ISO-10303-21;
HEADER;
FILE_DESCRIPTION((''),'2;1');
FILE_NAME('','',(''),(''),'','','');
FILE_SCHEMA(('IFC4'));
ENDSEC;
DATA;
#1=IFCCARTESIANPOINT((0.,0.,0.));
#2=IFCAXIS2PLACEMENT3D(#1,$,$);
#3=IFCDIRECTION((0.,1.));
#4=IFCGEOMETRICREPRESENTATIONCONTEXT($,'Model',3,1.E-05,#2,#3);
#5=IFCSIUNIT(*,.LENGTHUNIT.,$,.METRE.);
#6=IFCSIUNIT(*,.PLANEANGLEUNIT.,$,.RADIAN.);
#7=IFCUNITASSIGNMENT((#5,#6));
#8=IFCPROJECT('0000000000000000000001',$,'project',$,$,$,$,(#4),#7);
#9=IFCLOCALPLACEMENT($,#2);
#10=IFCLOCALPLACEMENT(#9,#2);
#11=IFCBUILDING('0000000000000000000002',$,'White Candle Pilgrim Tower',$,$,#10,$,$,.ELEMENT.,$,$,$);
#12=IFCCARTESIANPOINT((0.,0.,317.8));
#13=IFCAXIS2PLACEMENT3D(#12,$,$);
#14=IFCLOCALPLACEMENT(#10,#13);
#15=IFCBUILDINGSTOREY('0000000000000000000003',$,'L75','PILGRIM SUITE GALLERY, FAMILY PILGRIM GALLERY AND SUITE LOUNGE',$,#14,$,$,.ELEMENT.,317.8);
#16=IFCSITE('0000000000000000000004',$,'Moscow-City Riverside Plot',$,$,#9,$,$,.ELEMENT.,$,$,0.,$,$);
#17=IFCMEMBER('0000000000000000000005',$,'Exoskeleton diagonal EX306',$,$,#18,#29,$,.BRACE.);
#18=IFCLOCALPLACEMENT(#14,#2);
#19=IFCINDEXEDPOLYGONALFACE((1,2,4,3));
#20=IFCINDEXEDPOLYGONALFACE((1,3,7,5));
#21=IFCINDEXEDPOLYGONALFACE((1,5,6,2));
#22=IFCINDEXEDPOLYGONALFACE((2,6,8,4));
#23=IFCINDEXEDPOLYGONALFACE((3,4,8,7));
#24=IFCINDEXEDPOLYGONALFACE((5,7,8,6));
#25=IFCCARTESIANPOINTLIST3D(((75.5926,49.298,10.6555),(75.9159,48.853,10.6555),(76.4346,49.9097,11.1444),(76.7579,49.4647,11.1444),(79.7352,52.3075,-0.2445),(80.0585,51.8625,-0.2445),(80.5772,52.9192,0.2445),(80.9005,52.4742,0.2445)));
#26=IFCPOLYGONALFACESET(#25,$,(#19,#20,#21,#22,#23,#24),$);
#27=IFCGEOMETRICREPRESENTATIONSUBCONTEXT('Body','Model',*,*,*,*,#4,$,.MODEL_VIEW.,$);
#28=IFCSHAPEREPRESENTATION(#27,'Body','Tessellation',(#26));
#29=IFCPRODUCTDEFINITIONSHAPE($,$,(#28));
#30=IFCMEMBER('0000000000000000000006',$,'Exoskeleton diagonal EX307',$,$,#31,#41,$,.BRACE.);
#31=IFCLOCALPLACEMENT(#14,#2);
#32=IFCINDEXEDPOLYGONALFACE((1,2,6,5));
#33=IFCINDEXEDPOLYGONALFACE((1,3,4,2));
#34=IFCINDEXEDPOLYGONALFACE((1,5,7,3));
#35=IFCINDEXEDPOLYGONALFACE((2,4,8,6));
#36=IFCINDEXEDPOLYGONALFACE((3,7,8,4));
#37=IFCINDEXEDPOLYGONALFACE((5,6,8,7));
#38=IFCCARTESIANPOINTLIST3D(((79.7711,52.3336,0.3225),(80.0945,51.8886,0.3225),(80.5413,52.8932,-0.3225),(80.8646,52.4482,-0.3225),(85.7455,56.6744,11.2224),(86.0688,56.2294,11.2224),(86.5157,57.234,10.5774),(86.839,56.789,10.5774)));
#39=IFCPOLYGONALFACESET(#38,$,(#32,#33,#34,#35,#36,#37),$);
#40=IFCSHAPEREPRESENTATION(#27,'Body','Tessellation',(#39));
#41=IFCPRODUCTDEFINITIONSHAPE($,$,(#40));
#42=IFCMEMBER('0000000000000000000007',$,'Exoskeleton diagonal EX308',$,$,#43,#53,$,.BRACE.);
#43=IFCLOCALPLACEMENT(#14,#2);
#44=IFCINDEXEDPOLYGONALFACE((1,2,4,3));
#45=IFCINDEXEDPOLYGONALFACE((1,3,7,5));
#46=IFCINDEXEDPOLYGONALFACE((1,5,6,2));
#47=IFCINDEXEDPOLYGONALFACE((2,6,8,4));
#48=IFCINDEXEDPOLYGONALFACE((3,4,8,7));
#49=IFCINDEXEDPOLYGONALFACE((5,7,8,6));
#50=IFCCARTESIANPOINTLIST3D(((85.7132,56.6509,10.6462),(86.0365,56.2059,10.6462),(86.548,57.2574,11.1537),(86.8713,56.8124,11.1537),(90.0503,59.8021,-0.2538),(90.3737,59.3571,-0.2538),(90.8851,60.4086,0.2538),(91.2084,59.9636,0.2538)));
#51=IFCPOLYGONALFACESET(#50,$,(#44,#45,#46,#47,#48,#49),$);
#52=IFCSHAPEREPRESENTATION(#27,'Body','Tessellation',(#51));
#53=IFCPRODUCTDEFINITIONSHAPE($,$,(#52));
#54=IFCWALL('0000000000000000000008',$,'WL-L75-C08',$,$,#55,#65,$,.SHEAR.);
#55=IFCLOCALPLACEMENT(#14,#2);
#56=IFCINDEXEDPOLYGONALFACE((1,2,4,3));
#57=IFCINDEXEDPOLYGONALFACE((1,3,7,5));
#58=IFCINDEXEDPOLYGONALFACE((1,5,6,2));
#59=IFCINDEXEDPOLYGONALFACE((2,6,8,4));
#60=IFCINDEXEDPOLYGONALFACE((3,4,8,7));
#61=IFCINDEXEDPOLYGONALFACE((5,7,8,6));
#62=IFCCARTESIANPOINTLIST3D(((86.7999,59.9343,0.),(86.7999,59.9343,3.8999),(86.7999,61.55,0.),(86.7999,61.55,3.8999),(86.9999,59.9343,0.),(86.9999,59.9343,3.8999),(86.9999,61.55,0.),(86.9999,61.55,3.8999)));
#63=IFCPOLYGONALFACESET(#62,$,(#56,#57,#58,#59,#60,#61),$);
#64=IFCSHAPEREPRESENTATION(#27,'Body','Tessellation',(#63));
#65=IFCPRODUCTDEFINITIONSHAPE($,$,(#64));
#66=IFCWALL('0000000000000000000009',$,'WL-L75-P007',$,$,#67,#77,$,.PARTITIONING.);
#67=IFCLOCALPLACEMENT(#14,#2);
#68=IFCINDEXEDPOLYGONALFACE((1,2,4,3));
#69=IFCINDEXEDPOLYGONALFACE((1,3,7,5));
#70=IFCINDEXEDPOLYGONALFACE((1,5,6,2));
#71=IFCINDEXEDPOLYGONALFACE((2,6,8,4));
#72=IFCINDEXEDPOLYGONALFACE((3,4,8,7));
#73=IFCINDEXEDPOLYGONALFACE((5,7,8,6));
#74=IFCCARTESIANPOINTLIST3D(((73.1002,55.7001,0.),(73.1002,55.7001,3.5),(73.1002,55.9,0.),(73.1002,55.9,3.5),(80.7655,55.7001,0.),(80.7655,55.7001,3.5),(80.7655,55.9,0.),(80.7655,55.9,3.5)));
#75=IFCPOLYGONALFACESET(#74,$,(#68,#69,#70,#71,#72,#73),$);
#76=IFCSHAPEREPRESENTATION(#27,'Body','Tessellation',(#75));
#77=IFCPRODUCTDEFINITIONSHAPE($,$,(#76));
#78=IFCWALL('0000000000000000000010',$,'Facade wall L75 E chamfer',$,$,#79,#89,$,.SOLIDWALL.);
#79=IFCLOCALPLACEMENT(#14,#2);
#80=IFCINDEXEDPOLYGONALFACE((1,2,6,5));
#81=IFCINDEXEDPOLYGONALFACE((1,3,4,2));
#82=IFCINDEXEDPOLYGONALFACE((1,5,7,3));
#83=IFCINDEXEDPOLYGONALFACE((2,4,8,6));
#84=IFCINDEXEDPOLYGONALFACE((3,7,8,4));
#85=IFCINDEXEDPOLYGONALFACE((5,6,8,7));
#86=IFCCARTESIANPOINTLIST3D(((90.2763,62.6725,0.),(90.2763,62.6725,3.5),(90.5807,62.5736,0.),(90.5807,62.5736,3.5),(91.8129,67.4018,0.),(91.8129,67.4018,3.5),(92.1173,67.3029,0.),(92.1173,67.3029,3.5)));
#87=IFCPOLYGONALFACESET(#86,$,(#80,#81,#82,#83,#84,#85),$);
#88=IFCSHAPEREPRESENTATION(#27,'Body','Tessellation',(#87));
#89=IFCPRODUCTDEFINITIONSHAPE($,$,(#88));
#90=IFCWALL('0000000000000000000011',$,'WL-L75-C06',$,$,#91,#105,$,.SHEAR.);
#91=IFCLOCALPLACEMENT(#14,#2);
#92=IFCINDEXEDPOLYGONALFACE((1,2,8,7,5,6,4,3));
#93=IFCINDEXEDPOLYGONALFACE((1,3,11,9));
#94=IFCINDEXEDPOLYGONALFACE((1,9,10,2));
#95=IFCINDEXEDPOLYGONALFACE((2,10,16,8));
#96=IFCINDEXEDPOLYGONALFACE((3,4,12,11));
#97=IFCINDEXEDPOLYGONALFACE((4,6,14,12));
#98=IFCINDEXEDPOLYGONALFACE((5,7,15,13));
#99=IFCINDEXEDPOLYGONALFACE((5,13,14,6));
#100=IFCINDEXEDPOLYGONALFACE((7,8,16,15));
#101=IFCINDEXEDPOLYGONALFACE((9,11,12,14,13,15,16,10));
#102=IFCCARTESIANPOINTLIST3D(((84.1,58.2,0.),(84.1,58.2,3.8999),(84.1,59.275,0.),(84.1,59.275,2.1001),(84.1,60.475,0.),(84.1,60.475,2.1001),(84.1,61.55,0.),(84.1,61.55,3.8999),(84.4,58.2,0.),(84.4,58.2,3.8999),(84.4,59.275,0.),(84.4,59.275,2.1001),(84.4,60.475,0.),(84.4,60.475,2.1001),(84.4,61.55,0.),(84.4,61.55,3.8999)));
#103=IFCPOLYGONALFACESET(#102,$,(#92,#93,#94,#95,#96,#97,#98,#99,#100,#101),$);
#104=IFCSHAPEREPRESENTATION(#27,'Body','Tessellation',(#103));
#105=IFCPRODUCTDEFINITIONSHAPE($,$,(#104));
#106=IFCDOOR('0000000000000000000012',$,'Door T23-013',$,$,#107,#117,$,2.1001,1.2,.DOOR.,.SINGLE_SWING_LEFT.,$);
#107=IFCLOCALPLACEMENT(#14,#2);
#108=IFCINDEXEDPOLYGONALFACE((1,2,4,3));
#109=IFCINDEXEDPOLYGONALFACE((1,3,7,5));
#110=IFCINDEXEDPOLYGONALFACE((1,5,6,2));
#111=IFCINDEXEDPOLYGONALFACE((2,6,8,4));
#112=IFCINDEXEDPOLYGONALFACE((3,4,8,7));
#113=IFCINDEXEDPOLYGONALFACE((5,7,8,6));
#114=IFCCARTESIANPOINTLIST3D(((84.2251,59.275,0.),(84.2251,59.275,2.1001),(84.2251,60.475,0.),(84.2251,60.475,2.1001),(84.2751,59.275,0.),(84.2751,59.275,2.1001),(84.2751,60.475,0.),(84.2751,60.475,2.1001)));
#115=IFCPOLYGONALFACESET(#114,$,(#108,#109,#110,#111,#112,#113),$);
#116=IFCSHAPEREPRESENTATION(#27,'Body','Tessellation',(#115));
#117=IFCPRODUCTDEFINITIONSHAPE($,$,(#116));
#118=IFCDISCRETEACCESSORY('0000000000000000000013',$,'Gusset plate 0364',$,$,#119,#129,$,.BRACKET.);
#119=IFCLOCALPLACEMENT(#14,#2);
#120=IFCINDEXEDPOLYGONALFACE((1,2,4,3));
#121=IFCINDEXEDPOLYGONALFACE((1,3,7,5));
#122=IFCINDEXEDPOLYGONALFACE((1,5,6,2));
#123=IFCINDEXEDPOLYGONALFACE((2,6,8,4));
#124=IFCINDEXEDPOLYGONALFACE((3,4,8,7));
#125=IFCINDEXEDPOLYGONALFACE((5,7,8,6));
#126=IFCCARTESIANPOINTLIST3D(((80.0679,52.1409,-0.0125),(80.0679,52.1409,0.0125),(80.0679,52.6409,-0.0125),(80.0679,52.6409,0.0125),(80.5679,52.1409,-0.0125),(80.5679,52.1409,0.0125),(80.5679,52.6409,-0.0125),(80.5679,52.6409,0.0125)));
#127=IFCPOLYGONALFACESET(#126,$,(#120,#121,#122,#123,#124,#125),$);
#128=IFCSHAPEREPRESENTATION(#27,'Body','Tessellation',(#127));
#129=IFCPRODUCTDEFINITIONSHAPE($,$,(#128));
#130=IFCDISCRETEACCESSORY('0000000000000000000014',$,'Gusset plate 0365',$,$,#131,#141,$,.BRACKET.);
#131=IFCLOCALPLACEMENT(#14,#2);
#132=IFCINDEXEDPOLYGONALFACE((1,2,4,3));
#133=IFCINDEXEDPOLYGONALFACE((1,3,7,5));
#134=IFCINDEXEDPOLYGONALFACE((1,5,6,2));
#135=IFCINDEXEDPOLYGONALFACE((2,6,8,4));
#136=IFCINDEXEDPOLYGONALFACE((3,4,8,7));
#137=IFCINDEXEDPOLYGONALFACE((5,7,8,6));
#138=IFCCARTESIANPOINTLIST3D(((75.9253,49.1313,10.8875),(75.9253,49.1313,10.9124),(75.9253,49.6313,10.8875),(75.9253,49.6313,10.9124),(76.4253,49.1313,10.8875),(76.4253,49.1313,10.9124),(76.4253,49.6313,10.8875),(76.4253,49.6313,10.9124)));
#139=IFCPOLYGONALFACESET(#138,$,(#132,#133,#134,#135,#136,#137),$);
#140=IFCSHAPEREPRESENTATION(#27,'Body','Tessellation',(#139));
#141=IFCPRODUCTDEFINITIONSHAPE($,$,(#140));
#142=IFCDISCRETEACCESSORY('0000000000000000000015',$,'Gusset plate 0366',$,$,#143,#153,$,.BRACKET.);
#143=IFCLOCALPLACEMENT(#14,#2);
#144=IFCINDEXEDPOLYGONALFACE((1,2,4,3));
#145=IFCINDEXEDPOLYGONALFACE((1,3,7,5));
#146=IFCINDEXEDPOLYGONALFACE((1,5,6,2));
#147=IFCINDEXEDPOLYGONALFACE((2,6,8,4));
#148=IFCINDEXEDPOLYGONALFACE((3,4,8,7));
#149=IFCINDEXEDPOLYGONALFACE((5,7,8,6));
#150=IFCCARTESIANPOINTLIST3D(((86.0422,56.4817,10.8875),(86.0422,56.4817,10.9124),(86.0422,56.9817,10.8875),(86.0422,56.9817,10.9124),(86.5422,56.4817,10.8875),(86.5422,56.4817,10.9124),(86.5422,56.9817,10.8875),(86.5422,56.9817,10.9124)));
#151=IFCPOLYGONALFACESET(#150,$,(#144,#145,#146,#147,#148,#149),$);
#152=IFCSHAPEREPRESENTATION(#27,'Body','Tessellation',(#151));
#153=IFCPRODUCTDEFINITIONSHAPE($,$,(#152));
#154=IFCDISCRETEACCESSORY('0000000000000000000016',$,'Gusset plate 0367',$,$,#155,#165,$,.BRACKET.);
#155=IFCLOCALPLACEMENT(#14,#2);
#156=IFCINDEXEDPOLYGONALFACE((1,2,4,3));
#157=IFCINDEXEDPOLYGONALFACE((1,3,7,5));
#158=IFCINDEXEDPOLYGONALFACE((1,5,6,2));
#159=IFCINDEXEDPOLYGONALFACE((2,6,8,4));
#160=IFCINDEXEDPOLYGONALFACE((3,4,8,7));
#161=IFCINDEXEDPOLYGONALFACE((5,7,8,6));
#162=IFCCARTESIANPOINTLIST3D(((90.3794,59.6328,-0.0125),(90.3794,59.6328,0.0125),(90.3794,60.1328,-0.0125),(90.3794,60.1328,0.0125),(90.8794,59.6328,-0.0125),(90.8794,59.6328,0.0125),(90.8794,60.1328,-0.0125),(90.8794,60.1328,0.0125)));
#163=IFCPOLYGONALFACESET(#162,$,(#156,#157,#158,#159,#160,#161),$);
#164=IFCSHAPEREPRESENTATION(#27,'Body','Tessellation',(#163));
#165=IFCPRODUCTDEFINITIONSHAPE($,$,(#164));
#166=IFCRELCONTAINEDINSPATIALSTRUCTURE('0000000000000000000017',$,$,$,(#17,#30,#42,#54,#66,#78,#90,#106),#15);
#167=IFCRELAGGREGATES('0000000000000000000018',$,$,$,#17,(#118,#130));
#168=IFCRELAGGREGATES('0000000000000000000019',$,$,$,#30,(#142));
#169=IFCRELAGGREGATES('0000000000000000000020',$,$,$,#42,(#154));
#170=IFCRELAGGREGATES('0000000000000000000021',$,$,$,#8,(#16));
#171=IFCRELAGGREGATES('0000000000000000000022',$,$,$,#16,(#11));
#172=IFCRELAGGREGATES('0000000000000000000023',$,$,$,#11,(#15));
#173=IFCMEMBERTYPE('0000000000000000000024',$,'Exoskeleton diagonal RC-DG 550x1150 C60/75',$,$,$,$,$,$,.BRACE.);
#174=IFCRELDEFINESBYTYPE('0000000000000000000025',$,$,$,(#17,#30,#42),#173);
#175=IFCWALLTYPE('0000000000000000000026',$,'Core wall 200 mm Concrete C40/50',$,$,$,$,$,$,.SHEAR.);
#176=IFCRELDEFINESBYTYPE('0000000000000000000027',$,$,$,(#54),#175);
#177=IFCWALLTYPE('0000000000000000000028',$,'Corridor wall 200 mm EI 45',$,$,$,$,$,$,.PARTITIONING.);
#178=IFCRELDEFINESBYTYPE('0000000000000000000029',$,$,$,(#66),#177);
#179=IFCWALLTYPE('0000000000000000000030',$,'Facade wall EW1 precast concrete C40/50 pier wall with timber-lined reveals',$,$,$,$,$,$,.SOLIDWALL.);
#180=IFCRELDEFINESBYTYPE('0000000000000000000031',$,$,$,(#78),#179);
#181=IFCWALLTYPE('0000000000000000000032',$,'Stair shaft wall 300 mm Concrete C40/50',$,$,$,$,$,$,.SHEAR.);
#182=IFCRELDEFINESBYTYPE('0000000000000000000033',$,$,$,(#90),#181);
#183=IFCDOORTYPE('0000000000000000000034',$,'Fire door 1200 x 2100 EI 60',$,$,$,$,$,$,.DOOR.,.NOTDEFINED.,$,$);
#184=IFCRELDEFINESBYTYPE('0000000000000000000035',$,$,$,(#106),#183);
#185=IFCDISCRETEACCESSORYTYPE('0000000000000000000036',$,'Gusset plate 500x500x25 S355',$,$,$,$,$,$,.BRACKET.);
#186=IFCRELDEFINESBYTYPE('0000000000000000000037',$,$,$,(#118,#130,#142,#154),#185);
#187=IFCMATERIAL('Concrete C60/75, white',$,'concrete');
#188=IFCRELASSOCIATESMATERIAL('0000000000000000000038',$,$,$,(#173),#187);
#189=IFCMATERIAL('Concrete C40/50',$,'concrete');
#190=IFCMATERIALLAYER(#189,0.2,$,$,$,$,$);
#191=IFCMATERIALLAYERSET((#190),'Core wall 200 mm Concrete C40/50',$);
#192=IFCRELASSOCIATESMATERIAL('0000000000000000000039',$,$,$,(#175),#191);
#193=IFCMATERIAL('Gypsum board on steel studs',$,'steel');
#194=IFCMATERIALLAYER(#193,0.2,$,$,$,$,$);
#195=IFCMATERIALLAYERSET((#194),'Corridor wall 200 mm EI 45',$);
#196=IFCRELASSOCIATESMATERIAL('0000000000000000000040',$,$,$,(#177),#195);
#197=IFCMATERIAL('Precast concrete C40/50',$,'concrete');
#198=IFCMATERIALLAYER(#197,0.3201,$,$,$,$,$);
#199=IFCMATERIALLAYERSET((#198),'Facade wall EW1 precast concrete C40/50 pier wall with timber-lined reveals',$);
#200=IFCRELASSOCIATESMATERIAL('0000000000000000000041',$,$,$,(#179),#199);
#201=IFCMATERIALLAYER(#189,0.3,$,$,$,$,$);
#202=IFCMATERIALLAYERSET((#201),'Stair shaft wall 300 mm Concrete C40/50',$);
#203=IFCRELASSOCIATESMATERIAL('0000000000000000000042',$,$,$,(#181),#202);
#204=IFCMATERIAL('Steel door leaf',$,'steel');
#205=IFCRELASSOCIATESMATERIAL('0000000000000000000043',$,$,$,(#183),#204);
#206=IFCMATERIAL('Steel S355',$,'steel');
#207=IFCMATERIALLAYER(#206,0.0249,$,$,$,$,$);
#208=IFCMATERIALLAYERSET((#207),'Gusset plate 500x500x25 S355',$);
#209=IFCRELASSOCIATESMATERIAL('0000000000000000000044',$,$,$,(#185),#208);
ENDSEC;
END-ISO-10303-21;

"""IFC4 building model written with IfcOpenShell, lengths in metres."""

from ifc_helpers import new_model, si_unit, direction, frame, frame_2d, origin, origin_2d, place, context, subcontext, project, spatial, rectangle, extrude, material, layer, layer_set, material_profile, profile_set, type_object, element, fill, aggregate, save


model = new_model("IFC4")

# Units and contexts
model_context = context("Model", 3, precision=1e-05, world=origin(), true_north=direction((0.0, 1.0)))
body_context = subcontext(model_context, "Body", "Model", "MODEL_VIEW")
ifc_project = project(units=[si_unit("LENGTHUNIT", "METRE"), si_unit("PLANEANGLEUNIT", "RADIAN")], contexts=[model_context])

# Site, building, storey
site_placement = place(None, origin())
site = spatial("IfcSite", under=ifc_project, at=site_placement, Name="Moscow-City Riverside Plot", CompositionType="ELEMENT", RefElevation=0.0)
building_placement = place(site_placement, origin())
building = spatial("IfcBuilding", under=site, at=building_placement, Name="White Candle Pilgrim Tower", CompositionType="ELEMENT")
storey_placement = place(building_placement, frame((0.0, 0.0, 317.8)))
storey = spatial("IfcBuildingStorey", under=building, at=storey_placement, Name="L75", Description="PILGRIM SUITE GALLERY, FAMILY PILGRIM GALLERY AND SUITE LOUNGE", CompositionType="ELEMENT", Elevation=317.8)

# Members
ifc_material_1 = material(Name="Concrete C60/75, white", Category="concrete")
ifc_material_profile = material_profile(ifc_material_1, rectangle(XDim=0.55, YDim=1.1499, at=origin_2d()), Name="RC-DG 550x1150")
ifc_profile_set = profile_set([ifc_material_profile], Name="Concrete C60/75, white")
member_type = type_object("IfcMemberType", Name="Exoskeleton diagonal RC-DG 550x1150 C60/75", PredefinedType="BRACE", material=ifc_profile_set)
member_1_placement = place(storey_placement, frame((80.3179, 52.3909, 0.0), z_axis=(-0.343991, -0.249905, 0.905106), x_axis=(0.587755, -0.809039, 0.0)))
member_1 = element("IfcMember", 1, at=member_1_placement, inside=storey, type_object=member_type, Name="Exoskeleton diagonal EX306", PredefinedType="BRACE", context=body_context, shape_type="SweptSolid", body=[
    extrude(rectangle(XDim=0.55, YDim=1.1499, at=origin_2d()), origin(), (0.0, 0.0, 1.0), 12.0427),
])
member_2_placement = place(storey_placement, frame((80.3179, 52.3909, 0.0), z_axis=(0.453772, 0.329699, 0.827882), x_axis=(-0.587802, 0.809005, 0.0)))
member_2 = element("IfcMember", 2, at=member_2_placement, inside=storey, type_object=member_type, Name="Exoskeleton diagonal EX307", PredefinedType="BRACE", context=body_context, shape_type="SweptSolid", body=[
    extrude(rectangle(XDim=0.55, YDim=1.1499, at=origin_2d()), origin(), (0.0, 0.0, 1.0), 13.166),
])
member_3_placement = place(storey_placement, frame((90.6294, 59.8828, 0.0), z_axis=(-0.357057, -0.259417, 0.897337), x_axis=(0.587784, -0.809018, 0.0)))
member_3 = element("IfcMember", 3, at=member_3_placement, inside=storey, type_object=member_type, Name="Exoskeleton diagonal EX308", PredefinedType="BRACE", context=body_context, shape_type="SweptSolid", body=[
    extrude(rectangle(XDim=0.55, YDim=1.1499, at=origin_2d()), origin(), (0.0, 0.0, 1.0), 12.147),
])

# Walls
ifc_material_2 = material(Name="Concrete C40/50", Category="concrete")
ifc_layer_1 = layer(ifc_material_2, 0.2)
ifc_layer_set_1 = layer_set([ifc_layer_1], Name="Core wall 200 mm Concrete C40/50")
wall_type_1 = type_object("IfcWallType", Name="Core wall 200 mm Concrete C40/50", PredefinedType="SHEAR", material=ifc_layer_set_1)
wall_1_placement = place(storey_placement, frame((86.8999, 59.9343, 0.0), z_axis=(0.0, 0.0, 1.0), x_axis=(0.0, 1.0, 0.0)))
element("IfcWall", 4, at=wall_1_placement, inside=storey, type_object=wall_type_1, Name="WL-L75-C08", PredefinedType="SHEAR", context=body_context, shape_type="SweptSolid", body=[
    extrude(rectangle(XDim=1.6157, YDim=0.2, at=frame_2d((0.8079, 0.0))), origin(), (0.0, 0.0, 1.0), 3.8999),
])
ifc_material_3 = material(Name="Gypsum board on steel studs", Category="steel")
ifc_layer_2 = layer(ifc_material_3, 0.2)
ifc_layer_set_2 = layer_set([ifc_layer_2], Name="Corridor wall 200 mm EI 45")
wall_type_2 = type_object("IfcWallType", Name="Corridor wall 200 mm EI 45", PredefinedType="PARTITIONING", material=ifc_layer_set_2)
wall_2_placement = place(storey_placement, frame((80.7654, 55.8, 0.0), z_axis=(0.0, 0.0, 1.0), x_axis=(-1.0, 0.0, 0.0)))
element("IfcWall", 5, at=wall_2_placement, inside=storey, type_object=wall_type_2, Name="WL-L75-P007", PredefinedType="PARTITIONING", context=body_context, shape_type="SweptSolid", body=[
    extrude(rectangle(XDim=7.6653, YDim=0.2, at=frame_2d((3.8325, 0.0))), origin(), (0.0, 0.0, 1.0), 3.5),
])
ifc_material_4 = material(Name="Precast concrete C40/50", Category="concrete")
ifc_layer_3 = layer(ifc_material_4, 0.3201)
ifc_layer_set_3 = layer_set([ifc_layer_3], Name="Facade wall EW1 precast concrete C40/50 pier wall with timber-lined reveals")
wall_type_3 = type_object("IfcWallType", Name="Facade wall EW1 precast concrete C40/50 pier wall with timber-lined reveals", PredefinedType="SOLIDWALL", material=ifc_layer_set_3)
wall_3_placement = place(storey_placement, frame((90.4285, 62.623, 0.0), z_axis=(0.0, 0.0, 1.0), x_axis=(0.309016, 0.951057, 0.0)))
element("IfcWall", 6, at=wall_3_placement, inside=storey, type_object=wall_type_3, Name="Facade wall L75 E chamfer", PredefinedType="SOLIDWALL", context=body_context, shape_type="SweptSolid", body=[
    extrude(rectangle(XDim=4.9727, YDim=0.3201, at=frame_2d((2.4863, 0.0))), origin(), (0.0, 0.0, 1.0), 3.5),
])

# Wall, opening, door
ifc_layer_4 = layer(ifc_material_2, 0.3)
ifc_layer_set_4 = layer_set([ifc_layer_4], Name="Stair shaft wall 300 mm Concrete C40/50")
wall_type_4 = type_object("IfcWallType", Name="Stair shaft wall 300 mm Concrete C40/50", PredefinedType="SHEAR", material=ifc_layer_set_4)
wall_4_placement = place(storey_placement, frame((84.25, 58.2, 0.0), z_axis=(0.0, 0.0, 1.0), x_axis=(0.0, 1.0, 0.0)))
wall_4 = element("IfcWall", 7, at=wall_4_placement, inside=storey, type_object=wall_type_4, Name="WL-L75-C06", PredefinedType="SHEAR", context=body_context, shape_type="SweptSolid", body=[
    extrude(rectangle(XDim=3.3501, YDim=0.3, at=frame_2d((1.675, 0.0))), origin(), (0.0, 0.0, 1.0), 3.8999),
])
opening_placement = place(wall_4_placement, frame((1.075, 0.0, 0.0)))
opening = element("IfcOpeningElement", 8, at=opening_placement, cuts=wall_4, PredefinedType="OPENING", context=body_context, shape_type="SweptSolid", body=[
    extrude(rectangle(XDim=1.2, YDim=2.1001, at=frame_2d((0.6001, 1.05))), frame((0.0, 0.1599, 0.0), z_axis=(0.0, -1.0, 0.0), x_axis=(1.0, 0.0, 0.0)), (0.0, 0.0, 1.0), 0.3201),
])
ifc_material_5 = material(Name="Steel door leaf", Category="steel")
door_type = type_object("IfcDoorType", Name="Fire door 1200 x 2100 EI 60", OperationType="NOTDEFINED", PredefinedType="DOOR", material=ifc_material_5)
door_placement = place(opening_placement, origin())
door = element("IfcDoor", 9, at=door_placement, inside=storey, type_object=door_type, Name="Door T23-013", OperationType="SINGLE_SWING_LEFT", OverallHeight=2.1001, OverallWidth=1.2, PredefinedType="DOOR", context=body_context, shape_type="SweptSolid", body=[
    extrude(rectangle(XDim=1.2, YDim=2.1001, at=frame_2d((0.6001, 1.05))), frame((0.0, 0.0249, 0.0), z_axis=(0.0, -1.0, 0.0), x_axis=(1.0, 0.0, 0.0)), (0.0, 0.0, 1.0), 0.05),
])
fill(opening, door)

# Discrete accessories
ifc_material_6 = material(Name="Steel S355", Category="steel")
ifc_layer_5 = layer(ifc_material_6, 0.0249)
ifc_layer_set_5 = layer_set([ifc_layer_5], Name="Gusset plate 500x500x25 S355")
discrete_accessory_type = type_object("IfcDiscreteAccessoryType", Name="Gusset plate 500x500x25 S355", PredefinedType="BRACKET", material=ifc_layer_set_5)
discrete_accessory_1_placement = place(storey_placement, frame((80.3179, 52.3909, -0.0125), z_axis=(0.0, 0.0, 1.0), x_axis=(1.0, 0.0, 0.0)))
discrete_accessory_1 = element("IfcDiscreteAccessory", 10, at=discrete_accessory_1_placement, type_object=discrete_accessory_type, Name="Gusset plate 0364", PredefinedType="BRACKET", context=body_context, shape_type="SweptSolid", body=[
    extrude(rectangle(XDim=0.5, YDim=0.5, at=origin_2d()), origin(), (0.0, 0.0, 1.0), 0.0249),
])
placement = place(building_placement, frame((0.0, 0.0, 328.7)))
discrete_accessory_2_placement = place(placement, frame((76.1753, 49.3813, -0.0125), z_axis=(0.0, 0.0, 1.0), x_axis=(1.0, 0.0, 0.0)))
discrete_accessory_2 = element("IfcDiscreteAccessory", 11, at=discrete_accessory_2_placement, type_object=discrete_accessory_type, Name="Gusset plate 0365", PredefinedType="BRACKET", context=body_context, shape_type="SweptSolid", body=[
    extrude(rectangle(XDim=0.5, YDim=0.5, at=origin_2d()), origin(), (0.0, 0.0, 1.0), 0.0249),
])
aggregate(member_1, [discrete_accessory_1, discrete_accessory_2])
discrete_accessory_3_placement = place(placement, frame((86.2922, 56.7317, -0.0125), z_axis=(0.0, 0.0, 1.0), x_axis=(1.0, 0.0, 0.0)))
discrete_accessory_3 = element("IfcDiscreteAccessory", 12, at=discrete_accessory_3_placement, type_object=discrete_accessory_type, Name="Gusset plate 0366", PredefinedType="BRACKET", context=body_context, shape_type="SweptSolid", body=[
    extrude(rectangle(XDim=0.5, YDim=0.5, at=origin_2d()), origin(), (0.0, 0.0, 1.0), 0.0249),
])
aggregate(member_2, [discrete_accessory_3])
discrete_accessory_4_placement = place(storey_placement, frame((90.6294, 59.8828, -0.0125), z_axis=(0.0, 0.0, 1.0), x_axis=(1.0, 0.0, 0.0)))
discrete_accessory_4 = element("IfcDiscreteAccessory", 13, at=discrete_accessory_4_placement, type_object=discrete_accessory_type, Name="Gusset plate 0367", PredefinedType="BRACKET", context=body_context, shape_type="SweptSolid", body=[
    extrude(rectangle(XDim=0.5, YDim=0.5, at=origin_2d()), origin(), (0.0, 0.0, 1.0), 0.0249),
])
aggregate(member_3, [discrete_accessory_4])

save(model, "model.ifc")
